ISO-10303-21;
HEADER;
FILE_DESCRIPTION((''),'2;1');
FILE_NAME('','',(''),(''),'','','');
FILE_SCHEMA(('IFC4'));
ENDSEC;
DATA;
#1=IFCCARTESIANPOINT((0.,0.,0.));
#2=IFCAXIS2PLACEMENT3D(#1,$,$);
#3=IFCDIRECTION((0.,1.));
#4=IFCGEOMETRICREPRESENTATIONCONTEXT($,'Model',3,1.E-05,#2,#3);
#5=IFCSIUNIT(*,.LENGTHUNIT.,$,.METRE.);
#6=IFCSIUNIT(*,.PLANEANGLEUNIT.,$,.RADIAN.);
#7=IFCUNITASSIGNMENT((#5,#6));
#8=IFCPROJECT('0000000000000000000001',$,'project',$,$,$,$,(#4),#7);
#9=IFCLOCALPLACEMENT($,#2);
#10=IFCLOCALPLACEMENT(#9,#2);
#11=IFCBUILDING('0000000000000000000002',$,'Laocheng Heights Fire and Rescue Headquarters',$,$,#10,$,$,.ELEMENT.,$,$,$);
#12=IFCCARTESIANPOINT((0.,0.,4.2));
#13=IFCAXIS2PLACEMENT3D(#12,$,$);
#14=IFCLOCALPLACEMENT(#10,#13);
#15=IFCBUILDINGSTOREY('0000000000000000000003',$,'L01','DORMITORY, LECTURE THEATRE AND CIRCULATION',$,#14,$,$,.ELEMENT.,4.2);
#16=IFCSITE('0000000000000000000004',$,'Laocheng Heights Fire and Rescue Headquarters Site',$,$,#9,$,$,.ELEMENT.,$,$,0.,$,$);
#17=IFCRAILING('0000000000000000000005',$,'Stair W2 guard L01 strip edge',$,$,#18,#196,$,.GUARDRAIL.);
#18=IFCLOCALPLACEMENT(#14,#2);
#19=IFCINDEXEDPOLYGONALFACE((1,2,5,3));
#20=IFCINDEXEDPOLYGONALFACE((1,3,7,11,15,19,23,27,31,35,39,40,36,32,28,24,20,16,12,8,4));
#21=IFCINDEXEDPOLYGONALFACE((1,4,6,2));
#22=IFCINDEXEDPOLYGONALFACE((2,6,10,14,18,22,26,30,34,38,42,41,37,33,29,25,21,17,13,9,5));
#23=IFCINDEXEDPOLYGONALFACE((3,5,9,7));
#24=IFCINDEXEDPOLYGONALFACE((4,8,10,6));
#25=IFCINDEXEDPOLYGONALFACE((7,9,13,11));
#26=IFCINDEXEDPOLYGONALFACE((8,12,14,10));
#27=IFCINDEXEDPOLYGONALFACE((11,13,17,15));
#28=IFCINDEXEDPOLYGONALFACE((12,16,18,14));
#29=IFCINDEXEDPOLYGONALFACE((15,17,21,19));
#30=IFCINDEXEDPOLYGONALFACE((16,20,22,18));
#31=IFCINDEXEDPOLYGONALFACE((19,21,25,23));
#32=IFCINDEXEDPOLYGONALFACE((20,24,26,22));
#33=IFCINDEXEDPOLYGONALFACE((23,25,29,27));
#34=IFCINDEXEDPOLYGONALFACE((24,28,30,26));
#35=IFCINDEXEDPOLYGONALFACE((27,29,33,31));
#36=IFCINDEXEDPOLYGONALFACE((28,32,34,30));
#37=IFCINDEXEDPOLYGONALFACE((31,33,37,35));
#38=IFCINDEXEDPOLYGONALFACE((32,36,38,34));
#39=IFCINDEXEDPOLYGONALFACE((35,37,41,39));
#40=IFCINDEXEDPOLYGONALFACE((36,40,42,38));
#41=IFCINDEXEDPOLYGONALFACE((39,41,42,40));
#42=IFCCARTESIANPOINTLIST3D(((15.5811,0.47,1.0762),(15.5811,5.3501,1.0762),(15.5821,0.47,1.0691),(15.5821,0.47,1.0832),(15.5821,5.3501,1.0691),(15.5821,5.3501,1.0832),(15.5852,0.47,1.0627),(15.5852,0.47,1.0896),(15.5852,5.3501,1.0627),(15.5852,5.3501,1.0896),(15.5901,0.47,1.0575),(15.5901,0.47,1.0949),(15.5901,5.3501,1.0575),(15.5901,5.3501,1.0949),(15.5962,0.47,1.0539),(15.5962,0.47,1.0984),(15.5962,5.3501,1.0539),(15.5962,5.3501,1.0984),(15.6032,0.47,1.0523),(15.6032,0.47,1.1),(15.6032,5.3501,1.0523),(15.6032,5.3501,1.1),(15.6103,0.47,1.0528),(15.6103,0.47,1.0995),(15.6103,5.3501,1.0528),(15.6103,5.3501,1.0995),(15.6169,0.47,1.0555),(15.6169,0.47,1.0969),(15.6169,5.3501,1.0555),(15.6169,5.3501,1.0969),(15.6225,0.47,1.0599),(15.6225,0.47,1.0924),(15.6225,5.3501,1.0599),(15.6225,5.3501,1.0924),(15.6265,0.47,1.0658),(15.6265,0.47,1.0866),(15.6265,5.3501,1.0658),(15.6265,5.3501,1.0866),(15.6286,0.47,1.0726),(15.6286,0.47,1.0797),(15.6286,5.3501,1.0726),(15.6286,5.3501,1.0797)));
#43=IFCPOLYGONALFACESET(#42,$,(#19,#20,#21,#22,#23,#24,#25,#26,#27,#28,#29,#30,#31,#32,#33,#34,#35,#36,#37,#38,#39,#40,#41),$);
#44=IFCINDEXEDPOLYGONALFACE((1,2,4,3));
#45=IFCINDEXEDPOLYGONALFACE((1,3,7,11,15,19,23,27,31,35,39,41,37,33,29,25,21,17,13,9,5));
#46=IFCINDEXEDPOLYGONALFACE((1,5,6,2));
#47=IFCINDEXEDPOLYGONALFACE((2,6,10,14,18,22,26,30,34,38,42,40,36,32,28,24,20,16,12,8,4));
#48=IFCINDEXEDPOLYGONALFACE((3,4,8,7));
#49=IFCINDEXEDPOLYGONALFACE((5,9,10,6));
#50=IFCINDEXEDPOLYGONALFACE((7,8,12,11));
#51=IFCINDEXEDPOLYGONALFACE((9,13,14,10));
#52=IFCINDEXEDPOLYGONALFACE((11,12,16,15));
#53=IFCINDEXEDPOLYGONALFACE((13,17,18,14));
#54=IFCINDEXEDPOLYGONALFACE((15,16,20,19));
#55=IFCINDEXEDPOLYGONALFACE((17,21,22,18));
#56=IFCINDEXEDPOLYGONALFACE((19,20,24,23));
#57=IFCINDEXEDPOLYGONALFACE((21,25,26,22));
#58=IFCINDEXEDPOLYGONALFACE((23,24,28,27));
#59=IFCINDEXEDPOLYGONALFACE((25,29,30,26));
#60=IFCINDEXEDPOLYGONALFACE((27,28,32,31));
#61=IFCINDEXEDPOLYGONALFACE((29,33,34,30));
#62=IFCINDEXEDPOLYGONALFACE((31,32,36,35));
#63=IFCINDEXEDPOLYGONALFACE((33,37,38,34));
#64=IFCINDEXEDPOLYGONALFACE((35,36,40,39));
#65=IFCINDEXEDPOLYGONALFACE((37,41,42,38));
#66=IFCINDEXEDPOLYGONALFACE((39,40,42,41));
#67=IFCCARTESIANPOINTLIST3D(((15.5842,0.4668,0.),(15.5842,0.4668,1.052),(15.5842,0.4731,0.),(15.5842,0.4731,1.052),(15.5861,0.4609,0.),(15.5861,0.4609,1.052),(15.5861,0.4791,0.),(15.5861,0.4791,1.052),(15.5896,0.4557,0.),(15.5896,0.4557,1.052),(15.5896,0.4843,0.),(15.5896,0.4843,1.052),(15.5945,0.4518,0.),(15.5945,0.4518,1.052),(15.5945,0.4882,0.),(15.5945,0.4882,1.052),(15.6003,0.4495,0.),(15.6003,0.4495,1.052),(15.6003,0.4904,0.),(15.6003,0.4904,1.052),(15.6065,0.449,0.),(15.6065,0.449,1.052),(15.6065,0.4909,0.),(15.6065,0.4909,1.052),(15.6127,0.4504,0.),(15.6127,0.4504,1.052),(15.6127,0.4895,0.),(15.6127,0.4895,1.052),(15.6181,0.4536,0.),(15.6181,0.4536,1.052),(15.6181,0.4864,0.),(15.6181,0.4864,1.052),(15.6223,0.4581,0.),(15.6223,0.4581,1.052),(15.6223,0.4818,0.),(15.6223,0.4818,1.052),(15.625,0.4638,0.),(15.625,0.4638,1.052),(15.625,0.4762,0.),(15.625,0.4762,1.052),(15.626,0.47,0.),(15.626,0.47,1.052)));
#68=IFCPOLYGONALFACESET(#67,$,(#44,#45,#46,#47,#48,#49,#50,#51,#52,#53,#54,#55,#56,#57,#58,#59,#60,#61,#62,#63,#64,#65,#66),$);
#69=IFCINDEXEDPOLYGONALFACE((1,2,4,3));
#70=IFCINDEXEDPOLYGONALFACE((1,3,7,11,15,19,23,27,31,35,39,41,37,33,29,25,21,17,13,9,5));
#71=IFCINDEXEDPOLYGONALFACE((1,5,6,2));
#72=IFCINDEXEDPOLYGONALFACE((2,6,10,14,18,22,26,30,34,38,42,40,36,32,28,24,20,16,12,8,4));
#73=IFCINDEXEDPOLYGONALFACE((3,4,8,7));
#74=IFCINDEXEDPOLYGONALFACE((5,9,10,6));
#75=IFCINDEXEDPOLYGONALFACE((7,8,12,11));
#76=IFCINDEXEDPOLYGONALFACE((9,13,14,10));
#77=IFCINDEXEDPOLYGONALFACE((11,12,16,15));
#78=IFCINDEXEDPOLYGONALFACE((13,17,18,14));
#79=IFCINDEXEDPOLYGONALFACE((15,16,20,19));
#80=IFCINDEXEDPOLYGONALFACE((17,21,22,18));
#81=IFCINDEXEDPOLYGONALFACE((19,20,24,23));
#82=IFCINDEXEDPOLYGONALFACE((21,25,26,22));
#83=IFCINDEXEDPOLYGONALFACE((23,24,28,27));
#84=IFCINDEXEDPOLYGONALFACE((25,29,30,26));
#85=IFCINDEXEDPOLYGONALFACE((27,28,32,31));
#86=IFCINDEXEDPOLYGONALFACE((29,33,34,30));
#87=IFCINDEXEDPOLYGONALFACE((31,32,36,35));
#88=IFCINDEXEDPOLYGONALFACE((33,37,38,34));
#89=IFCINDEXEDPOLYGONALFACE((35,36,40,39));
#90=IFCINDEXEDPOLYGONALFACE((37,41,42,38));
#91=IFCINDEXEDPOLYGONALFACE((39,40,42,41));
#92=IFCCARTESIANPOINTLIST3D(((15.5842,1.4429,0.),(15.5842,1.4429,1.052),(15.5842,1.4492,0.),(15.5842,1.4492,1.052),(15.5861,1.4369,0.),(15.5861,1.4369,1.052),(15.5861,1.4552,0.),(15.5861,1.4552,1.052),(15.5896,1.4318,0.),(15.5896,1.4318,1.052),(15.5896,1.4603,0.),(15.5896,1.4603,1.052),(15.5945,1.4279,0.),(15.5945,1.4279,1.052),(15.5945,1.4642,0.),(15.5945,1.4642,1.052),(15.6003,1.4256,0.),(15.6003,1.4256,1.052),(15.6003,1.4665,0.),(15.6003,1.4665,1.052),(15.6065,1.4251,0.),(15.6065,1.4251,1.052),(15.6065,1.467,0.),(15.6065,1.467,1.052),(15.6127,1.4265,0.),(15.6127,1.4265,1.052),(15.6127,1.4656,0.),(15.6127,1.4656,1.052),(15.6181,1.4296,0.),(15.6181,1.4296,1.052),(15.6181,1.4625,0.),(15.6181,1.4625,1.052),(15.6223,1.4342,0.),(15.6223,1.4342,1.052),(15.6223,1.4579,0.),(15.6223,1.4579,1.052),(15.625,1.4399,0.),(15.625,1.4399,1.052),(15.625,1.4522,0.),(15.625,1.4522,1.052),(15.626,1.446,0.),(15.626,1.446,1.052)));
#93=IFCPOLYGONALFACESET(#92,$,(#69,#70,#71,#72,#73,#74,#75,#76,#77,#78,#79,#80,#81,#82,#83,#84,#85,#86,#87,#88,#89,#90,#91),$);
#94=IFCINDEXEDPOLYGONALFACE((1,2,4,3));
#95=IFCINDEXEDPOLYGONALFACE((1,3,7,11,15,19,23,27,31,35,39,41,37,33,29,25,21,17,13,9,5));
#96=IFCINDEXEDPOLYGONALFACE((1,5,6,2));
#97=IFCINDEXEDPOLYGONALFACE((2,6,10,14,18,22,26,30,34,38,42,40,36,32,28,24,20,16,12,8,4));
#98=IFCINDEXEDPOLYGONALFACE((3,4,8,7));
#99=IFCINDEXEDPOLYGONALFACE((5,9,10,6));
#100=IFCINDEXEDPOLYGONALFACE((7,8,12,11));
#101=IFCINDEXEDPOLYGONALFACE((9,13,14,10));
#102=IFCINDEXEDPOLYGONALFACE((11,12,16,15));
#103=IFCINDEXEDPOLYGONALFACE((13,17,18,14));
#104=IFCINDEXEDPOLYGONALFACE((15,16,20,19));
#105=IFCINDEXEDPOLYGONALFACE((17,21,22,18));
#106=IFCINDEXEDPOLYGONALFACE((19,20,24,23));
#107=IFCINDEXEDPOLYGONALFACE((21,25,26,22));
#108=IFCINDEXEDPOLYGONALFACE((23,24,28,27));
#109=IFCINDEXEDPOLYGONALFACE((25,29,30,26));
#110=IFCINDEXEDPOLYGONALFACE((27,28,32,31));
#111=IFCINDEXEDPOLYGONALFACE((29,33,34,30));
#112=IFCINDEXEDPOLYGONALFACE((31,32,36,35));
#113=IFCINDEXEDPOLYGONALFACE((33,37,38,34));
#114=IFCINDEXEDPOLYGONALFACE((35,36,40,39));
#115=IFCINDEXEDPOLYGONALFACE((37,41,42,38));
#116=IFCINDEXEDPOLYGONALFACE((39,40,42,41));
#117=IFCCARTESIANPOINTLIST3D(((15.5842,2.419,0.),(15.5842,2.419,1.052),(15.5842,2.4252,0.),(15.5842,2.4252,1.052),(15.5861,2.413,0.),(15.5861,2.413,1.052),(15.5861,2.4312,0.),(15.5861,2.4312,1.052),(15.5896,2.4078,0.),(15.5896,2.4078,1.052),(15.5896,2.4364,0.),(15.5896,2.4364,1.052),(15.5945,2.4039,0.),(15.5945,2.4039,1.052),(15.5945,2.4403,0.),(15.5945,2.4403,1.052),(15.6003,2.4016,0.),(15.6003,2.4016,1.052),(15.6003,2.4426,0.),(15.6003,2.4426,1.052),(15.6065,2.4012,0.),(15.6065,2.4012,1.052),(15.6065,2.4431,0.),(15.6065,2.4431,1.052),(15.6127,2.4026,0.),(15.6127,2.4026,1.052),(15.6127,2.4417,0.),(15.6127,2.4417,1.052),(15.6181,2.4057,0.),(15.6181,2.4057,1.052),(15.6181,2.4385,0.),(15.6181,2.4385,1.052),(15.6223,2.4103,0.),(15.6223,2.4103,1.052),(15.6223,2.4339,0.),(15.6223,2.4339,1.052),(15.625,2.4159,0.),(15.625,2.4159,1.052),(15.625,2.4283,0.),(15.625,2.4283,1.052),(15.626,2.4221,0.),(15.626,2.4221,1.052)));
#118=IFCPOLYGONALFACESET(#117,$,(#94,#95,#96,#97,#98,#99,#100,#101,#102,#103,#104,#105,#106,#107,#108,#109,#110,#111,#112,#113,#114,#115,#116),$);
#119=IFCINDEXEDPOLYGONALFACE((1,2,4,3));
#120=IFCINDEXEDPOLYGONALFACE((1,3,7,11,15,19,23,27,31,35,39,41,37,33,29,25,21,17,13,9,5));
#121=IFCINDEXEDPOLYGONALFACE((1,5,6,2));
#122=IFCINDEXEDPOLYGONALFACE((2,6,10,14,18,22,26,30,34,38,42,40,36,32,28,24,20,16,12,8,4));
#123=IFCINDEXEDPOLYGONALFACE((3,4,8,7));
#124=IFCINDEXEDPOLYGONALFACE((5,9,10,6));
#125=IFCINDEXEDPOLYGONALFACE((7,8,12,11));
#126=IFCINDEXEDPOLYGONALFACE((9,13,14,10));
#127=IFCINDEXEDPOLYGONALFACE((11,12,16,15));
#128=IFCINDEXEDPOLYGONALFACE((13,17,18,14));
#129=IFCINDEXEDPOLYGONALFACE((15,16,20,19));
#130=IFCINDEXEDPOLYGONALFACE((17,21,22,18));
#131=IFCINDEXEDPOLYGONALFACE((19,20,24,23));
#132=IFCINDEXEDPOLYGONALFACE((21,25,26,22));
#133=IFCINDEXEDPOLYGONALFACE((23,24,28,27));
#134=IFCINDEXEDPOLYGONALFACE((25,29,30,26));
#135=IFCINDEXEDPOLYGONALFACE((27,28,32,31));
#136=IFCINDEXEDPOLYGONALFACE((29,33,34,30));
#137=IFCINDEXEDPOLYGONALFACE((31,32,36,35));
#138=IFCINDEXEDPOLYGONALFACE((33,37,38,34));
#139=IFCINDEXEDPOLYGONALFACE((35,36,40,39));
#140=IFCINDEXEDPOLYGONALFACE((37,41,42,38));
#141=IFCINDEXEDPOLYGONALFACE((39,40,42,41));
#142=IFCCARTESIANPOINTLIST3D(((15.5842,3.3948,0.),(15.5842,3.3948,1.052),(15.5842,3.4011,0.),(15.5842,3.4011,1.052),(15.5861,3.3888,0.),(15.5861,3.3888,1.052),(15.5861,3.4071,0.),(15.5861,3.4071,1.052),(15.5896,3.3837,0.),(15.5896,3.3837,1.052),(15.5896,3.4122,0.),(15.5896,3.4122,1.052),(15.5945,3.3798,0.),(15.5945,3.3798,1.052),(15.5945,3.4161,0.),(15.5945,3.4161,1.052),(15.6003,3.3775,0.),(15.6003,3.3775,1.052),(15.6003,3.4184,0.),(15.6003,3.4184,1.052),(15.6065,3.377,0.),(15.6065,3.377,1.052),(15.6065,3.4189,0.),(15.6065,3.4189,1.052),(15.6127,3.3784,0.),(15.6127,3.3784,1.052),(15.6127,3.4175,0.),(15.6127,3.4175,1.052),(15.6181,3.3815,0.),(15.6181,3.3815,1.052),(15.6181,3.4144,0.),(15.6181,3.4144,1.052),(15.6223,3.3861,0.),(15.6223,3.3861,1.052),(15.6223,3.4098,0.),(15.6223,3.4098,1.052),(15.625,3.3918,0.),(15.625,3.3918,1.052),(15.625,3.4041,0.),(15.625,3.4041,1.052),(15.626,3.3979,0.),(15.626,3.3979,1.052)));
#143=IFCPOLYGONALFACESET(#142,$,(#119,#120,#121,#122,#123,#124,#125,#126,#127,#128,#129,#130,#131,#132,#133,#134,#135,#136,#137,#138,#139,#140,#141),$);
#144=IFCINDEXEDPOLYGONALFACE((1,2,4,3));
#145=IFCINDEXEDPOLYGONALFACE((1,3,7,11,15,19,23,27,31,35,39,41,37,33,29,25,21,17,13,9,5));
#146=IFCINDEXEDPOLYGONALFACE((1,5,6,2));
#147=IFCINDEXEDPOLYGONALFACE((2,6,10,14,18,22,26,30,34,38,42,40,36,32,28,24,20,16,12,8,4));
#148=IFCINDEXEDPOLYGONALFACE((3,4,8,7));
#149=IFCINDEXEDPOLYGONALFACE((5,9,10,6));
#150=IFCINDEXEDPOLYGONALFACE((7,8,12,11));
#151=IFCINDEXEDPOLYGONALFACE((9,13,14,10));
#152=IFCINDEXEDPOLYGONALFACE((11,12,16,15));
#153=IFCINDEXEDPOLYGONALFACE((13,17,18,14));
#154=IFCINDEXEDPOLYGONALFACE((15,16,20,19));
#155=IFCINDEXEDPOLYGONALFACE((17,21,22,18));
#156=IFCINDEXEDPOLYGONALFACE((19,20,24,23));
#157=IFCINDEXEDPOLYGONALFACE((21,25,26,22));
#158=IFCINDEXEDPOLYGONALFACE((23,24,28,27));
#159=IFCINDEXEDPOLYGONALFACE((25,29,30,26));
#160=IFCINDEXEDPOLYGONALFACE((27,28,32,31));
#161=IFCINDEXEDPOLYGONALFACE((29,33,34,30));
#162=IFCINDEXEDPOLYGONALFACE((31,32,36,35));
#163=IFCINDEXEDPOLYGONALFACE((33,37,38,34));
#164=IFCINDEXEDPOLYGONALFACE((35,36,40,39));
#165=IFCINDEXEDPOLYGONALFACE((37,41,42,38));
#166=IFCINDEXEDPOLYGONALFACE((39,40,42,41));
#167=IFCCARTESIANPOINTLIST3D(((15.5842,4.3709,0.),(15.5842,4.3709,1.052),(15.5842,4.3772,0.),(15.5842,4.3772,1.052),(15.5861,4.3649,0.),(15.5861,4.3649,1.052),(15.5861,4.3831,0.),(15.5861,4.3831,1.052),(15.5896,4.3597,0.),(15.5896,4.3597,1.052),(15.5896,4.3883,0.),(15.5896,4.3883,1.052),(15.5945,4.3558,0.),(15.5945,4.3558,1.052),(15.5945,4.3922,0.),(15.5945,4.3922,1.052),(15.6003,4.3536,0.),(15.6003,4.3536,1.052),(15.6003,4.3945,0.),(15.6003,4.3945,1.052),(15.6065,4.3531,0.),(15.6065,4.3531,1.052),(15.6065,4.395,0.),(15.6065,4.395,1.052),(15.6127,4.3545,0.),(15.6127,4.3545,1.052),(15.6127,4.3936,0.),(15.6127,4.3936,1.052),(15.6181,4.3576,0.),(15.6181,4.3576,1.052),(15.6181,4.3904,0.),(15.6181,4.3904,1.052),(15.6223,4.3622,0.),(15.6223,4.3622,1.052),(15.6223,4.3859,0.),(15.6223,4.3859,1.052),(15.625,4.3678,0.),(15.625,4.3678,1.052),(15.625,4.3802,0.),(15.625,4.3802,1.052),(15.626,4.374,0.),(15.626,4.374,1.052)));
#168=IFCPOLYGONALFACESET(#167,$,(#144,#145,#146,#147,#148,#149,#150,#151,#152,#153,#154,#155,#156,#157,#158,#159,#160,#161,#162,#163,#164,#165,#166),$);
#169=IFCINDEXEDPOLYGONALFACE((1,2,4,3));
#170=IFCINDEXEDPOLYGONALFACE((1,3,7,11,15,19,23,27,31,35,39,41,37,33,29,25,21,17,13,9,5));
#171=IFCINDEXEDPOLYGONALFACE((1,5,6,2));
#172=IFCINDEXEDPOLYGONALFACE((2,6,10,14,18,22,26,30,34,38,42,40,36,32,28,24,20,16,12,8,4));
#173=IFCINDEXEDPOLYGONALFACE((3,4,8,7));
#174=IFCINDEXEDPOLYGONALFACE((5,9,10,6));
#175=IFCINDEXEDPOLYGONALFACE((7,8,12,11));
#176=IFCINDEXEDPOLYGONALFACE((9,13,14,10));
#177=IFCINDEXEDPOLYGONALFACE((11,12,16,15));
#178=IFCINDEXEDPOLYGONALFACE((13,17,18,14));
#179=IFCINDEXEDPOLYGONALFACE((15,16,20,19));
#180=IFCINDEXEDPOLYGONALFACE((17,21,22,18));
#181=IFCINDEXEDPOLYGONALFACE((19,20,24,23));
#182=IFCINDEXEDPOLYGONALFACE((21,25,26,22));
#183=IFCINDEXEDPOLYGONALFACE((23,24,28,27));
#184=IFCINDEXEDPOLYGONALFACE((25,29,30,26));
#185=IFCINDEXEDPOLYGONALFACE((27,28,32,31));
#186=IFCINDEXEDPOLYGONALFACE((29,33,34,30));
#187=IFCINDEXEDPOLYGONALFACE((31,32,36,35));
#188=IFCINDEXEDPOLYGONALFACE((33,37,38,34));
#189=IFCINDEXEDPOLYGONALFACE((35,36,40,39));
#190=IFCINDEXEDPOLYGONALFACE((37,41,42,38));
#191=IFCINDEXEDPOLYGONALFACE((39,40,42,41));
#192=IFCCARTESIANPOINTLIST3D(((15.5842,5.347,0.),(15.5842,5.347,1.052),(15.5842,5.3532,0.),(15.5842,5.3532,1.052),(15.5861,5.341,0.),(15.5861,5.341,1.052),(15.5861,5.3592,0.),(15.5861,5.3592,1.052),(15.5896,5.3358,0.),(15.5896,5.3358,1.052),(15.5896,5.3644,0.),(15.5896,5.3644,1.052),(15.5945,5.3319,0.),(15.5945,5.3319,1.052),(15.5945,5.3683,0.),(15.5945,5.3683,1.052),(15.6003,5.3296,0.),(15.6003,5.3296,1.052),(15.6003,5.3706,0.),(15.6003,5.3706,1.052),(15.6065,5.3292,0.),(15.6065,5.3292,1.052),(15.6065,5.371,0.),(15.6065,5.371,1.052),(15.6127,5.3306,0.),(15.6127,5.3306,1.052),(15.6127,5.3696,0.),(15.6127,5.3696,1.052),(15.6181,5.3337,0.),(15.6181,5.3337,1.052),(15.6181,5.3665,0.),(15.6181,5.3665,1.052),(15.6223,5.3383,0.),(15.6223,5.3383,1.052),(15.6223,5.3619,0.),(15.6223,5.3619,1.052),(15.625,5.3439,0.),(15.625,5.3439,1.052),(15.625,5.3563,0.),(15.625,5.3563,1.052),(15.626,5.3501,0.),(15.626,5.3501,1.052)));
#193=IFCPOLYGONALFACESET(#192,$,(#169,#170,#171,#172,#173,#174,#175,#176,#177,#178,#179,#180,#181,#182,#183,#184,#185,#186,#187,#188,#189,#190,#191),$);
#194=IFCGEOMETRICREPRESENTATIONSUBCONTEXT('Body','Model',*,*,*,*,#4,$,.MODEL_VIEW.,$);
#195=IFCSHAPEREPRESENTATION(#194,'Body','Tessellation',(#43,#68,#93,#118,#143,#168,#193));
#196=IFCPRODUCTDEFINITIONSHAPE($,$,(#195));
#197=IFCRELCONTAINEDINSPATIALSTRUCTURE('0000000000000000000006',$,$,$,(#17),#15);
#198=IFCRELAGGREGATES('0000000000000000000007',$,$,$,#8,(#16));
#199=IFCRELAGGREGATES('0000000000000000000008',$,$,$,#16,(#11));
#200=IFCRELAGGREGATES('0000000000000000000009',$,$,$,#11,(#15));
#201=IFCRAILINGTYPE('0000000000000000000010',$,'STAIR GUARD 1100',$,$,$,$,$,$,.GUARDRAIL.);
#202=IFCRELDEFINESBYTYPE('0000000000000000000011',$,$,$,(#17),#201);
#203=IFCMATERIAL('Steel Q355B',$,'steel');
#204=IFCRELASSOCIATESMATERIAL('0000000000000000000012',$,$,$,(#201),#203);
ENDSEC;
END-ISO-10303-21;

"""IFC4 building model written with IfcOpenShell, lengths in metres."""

from ifc_helpers import new_model, si_unit, direction, frame, origin, origin_2d, place, context, subcontext, project, spatial, circle, extrude, material, type_object, element, save


model = new_model("IFC4")

# Units and contexts
model_context = context("Model", 3, precision=1e-05, world=origin(), true_north=direction((0.0, 1.0)))
body_context = subcontext(model_context, "Body", "Model", "MODEL_VIEW")
ifc_project = project(units=[si_unit("LENGTHUNIT", "METRE"), si_unit("PLANEANGLEUNIT", "RADIAN")], contexts=[model_context])

# Site, building, storey
site_placement = place(None, origin())
site = spatial("IfcSite", under=ifc_project, at=site_placement, Name="Laocheng Heights Fire and Rescue Headquarters Site", CompositionType="ELEMENT", RefElevation=0.0)
building_placement = place(site_placement, origin())
building = spatial("IfcBuilding", under=site, at=building_placement, Name="Laocheng Heights Fire and Rescue Headquarters", CompositionType="ELEMENT")
storey_placement = place(building_placement, frame((0.0, 0.0, 4.2)))
storey = spatial("IfcBuildingStorey", under=building, at=storey_placement, Name="L01", Description="DORMITORY, LECTURE THEATRE AND CIRCULATION", CompositionType="ELEMENT", Elevation=4.2)

# Railing
ifc_material_1 = material(Name="Steel Q355B", Category="steel")
railing_type_1 = type_object("IfcRailingType", Name="STAIR GUARD 1100", PredefinedType="GUARDRAIL", material=ifc_material_1)
railing_1_placement = place(storey_placement, frame((15.605, 0.47, 0.0)))
element("IfcRailing", 1, at=railing_1_placement, inside=storey, type_object=railing_type_1, Name="Stair W2 guard L01 strip edge", PredefinedType="GUARDRAIL", context=body_context, shape_type="SweptSolid", body=[
    extrude(circle(Radius=0.0239, at=origin_2d()), frame((0.0, 0.0, 1.0762), z_axis=(0.0, 1.0, 0.0), x_axis=(-1.0, 0.0, 0.0)), (0.0, 0.0, 1.0), 4.8801),
    extrude(circle(Radius=0.021, at=origin_2d()), origin(), (0.0, 0.0, 1.0), 1.052),
    extrude(circle(Radius=0.021, at=origin_2d()), frame((0.0, 0.9761, 0.0)), (0.0, 0.0, 1.0), 1.052),
    extrude(circle(Radius=0.021, at=origin_2d()), frame((0.0, 1.9521, 0.0)), (0.0, 0.0, 1.0), 1.052),
    extrude(circle(Radius=0.021, at=origin_2d()), frame((0.0, 2.928, 0.0)), (0.0, 0.0, 1.0), 1.052),
    extrude(circle(Radius=0.021, at=origin_2d()), frame((0.0, 3.9041, 0.0)), (0.0, 0.0, 1.0), 1.052),
    extrude(circle(Radius=0.021, at=origin_2d()), frame((0.0, 4.8801, 0.0)), (0.0, 0.0, 1.0), 1.052),
])

save(model, "model.ifc")
